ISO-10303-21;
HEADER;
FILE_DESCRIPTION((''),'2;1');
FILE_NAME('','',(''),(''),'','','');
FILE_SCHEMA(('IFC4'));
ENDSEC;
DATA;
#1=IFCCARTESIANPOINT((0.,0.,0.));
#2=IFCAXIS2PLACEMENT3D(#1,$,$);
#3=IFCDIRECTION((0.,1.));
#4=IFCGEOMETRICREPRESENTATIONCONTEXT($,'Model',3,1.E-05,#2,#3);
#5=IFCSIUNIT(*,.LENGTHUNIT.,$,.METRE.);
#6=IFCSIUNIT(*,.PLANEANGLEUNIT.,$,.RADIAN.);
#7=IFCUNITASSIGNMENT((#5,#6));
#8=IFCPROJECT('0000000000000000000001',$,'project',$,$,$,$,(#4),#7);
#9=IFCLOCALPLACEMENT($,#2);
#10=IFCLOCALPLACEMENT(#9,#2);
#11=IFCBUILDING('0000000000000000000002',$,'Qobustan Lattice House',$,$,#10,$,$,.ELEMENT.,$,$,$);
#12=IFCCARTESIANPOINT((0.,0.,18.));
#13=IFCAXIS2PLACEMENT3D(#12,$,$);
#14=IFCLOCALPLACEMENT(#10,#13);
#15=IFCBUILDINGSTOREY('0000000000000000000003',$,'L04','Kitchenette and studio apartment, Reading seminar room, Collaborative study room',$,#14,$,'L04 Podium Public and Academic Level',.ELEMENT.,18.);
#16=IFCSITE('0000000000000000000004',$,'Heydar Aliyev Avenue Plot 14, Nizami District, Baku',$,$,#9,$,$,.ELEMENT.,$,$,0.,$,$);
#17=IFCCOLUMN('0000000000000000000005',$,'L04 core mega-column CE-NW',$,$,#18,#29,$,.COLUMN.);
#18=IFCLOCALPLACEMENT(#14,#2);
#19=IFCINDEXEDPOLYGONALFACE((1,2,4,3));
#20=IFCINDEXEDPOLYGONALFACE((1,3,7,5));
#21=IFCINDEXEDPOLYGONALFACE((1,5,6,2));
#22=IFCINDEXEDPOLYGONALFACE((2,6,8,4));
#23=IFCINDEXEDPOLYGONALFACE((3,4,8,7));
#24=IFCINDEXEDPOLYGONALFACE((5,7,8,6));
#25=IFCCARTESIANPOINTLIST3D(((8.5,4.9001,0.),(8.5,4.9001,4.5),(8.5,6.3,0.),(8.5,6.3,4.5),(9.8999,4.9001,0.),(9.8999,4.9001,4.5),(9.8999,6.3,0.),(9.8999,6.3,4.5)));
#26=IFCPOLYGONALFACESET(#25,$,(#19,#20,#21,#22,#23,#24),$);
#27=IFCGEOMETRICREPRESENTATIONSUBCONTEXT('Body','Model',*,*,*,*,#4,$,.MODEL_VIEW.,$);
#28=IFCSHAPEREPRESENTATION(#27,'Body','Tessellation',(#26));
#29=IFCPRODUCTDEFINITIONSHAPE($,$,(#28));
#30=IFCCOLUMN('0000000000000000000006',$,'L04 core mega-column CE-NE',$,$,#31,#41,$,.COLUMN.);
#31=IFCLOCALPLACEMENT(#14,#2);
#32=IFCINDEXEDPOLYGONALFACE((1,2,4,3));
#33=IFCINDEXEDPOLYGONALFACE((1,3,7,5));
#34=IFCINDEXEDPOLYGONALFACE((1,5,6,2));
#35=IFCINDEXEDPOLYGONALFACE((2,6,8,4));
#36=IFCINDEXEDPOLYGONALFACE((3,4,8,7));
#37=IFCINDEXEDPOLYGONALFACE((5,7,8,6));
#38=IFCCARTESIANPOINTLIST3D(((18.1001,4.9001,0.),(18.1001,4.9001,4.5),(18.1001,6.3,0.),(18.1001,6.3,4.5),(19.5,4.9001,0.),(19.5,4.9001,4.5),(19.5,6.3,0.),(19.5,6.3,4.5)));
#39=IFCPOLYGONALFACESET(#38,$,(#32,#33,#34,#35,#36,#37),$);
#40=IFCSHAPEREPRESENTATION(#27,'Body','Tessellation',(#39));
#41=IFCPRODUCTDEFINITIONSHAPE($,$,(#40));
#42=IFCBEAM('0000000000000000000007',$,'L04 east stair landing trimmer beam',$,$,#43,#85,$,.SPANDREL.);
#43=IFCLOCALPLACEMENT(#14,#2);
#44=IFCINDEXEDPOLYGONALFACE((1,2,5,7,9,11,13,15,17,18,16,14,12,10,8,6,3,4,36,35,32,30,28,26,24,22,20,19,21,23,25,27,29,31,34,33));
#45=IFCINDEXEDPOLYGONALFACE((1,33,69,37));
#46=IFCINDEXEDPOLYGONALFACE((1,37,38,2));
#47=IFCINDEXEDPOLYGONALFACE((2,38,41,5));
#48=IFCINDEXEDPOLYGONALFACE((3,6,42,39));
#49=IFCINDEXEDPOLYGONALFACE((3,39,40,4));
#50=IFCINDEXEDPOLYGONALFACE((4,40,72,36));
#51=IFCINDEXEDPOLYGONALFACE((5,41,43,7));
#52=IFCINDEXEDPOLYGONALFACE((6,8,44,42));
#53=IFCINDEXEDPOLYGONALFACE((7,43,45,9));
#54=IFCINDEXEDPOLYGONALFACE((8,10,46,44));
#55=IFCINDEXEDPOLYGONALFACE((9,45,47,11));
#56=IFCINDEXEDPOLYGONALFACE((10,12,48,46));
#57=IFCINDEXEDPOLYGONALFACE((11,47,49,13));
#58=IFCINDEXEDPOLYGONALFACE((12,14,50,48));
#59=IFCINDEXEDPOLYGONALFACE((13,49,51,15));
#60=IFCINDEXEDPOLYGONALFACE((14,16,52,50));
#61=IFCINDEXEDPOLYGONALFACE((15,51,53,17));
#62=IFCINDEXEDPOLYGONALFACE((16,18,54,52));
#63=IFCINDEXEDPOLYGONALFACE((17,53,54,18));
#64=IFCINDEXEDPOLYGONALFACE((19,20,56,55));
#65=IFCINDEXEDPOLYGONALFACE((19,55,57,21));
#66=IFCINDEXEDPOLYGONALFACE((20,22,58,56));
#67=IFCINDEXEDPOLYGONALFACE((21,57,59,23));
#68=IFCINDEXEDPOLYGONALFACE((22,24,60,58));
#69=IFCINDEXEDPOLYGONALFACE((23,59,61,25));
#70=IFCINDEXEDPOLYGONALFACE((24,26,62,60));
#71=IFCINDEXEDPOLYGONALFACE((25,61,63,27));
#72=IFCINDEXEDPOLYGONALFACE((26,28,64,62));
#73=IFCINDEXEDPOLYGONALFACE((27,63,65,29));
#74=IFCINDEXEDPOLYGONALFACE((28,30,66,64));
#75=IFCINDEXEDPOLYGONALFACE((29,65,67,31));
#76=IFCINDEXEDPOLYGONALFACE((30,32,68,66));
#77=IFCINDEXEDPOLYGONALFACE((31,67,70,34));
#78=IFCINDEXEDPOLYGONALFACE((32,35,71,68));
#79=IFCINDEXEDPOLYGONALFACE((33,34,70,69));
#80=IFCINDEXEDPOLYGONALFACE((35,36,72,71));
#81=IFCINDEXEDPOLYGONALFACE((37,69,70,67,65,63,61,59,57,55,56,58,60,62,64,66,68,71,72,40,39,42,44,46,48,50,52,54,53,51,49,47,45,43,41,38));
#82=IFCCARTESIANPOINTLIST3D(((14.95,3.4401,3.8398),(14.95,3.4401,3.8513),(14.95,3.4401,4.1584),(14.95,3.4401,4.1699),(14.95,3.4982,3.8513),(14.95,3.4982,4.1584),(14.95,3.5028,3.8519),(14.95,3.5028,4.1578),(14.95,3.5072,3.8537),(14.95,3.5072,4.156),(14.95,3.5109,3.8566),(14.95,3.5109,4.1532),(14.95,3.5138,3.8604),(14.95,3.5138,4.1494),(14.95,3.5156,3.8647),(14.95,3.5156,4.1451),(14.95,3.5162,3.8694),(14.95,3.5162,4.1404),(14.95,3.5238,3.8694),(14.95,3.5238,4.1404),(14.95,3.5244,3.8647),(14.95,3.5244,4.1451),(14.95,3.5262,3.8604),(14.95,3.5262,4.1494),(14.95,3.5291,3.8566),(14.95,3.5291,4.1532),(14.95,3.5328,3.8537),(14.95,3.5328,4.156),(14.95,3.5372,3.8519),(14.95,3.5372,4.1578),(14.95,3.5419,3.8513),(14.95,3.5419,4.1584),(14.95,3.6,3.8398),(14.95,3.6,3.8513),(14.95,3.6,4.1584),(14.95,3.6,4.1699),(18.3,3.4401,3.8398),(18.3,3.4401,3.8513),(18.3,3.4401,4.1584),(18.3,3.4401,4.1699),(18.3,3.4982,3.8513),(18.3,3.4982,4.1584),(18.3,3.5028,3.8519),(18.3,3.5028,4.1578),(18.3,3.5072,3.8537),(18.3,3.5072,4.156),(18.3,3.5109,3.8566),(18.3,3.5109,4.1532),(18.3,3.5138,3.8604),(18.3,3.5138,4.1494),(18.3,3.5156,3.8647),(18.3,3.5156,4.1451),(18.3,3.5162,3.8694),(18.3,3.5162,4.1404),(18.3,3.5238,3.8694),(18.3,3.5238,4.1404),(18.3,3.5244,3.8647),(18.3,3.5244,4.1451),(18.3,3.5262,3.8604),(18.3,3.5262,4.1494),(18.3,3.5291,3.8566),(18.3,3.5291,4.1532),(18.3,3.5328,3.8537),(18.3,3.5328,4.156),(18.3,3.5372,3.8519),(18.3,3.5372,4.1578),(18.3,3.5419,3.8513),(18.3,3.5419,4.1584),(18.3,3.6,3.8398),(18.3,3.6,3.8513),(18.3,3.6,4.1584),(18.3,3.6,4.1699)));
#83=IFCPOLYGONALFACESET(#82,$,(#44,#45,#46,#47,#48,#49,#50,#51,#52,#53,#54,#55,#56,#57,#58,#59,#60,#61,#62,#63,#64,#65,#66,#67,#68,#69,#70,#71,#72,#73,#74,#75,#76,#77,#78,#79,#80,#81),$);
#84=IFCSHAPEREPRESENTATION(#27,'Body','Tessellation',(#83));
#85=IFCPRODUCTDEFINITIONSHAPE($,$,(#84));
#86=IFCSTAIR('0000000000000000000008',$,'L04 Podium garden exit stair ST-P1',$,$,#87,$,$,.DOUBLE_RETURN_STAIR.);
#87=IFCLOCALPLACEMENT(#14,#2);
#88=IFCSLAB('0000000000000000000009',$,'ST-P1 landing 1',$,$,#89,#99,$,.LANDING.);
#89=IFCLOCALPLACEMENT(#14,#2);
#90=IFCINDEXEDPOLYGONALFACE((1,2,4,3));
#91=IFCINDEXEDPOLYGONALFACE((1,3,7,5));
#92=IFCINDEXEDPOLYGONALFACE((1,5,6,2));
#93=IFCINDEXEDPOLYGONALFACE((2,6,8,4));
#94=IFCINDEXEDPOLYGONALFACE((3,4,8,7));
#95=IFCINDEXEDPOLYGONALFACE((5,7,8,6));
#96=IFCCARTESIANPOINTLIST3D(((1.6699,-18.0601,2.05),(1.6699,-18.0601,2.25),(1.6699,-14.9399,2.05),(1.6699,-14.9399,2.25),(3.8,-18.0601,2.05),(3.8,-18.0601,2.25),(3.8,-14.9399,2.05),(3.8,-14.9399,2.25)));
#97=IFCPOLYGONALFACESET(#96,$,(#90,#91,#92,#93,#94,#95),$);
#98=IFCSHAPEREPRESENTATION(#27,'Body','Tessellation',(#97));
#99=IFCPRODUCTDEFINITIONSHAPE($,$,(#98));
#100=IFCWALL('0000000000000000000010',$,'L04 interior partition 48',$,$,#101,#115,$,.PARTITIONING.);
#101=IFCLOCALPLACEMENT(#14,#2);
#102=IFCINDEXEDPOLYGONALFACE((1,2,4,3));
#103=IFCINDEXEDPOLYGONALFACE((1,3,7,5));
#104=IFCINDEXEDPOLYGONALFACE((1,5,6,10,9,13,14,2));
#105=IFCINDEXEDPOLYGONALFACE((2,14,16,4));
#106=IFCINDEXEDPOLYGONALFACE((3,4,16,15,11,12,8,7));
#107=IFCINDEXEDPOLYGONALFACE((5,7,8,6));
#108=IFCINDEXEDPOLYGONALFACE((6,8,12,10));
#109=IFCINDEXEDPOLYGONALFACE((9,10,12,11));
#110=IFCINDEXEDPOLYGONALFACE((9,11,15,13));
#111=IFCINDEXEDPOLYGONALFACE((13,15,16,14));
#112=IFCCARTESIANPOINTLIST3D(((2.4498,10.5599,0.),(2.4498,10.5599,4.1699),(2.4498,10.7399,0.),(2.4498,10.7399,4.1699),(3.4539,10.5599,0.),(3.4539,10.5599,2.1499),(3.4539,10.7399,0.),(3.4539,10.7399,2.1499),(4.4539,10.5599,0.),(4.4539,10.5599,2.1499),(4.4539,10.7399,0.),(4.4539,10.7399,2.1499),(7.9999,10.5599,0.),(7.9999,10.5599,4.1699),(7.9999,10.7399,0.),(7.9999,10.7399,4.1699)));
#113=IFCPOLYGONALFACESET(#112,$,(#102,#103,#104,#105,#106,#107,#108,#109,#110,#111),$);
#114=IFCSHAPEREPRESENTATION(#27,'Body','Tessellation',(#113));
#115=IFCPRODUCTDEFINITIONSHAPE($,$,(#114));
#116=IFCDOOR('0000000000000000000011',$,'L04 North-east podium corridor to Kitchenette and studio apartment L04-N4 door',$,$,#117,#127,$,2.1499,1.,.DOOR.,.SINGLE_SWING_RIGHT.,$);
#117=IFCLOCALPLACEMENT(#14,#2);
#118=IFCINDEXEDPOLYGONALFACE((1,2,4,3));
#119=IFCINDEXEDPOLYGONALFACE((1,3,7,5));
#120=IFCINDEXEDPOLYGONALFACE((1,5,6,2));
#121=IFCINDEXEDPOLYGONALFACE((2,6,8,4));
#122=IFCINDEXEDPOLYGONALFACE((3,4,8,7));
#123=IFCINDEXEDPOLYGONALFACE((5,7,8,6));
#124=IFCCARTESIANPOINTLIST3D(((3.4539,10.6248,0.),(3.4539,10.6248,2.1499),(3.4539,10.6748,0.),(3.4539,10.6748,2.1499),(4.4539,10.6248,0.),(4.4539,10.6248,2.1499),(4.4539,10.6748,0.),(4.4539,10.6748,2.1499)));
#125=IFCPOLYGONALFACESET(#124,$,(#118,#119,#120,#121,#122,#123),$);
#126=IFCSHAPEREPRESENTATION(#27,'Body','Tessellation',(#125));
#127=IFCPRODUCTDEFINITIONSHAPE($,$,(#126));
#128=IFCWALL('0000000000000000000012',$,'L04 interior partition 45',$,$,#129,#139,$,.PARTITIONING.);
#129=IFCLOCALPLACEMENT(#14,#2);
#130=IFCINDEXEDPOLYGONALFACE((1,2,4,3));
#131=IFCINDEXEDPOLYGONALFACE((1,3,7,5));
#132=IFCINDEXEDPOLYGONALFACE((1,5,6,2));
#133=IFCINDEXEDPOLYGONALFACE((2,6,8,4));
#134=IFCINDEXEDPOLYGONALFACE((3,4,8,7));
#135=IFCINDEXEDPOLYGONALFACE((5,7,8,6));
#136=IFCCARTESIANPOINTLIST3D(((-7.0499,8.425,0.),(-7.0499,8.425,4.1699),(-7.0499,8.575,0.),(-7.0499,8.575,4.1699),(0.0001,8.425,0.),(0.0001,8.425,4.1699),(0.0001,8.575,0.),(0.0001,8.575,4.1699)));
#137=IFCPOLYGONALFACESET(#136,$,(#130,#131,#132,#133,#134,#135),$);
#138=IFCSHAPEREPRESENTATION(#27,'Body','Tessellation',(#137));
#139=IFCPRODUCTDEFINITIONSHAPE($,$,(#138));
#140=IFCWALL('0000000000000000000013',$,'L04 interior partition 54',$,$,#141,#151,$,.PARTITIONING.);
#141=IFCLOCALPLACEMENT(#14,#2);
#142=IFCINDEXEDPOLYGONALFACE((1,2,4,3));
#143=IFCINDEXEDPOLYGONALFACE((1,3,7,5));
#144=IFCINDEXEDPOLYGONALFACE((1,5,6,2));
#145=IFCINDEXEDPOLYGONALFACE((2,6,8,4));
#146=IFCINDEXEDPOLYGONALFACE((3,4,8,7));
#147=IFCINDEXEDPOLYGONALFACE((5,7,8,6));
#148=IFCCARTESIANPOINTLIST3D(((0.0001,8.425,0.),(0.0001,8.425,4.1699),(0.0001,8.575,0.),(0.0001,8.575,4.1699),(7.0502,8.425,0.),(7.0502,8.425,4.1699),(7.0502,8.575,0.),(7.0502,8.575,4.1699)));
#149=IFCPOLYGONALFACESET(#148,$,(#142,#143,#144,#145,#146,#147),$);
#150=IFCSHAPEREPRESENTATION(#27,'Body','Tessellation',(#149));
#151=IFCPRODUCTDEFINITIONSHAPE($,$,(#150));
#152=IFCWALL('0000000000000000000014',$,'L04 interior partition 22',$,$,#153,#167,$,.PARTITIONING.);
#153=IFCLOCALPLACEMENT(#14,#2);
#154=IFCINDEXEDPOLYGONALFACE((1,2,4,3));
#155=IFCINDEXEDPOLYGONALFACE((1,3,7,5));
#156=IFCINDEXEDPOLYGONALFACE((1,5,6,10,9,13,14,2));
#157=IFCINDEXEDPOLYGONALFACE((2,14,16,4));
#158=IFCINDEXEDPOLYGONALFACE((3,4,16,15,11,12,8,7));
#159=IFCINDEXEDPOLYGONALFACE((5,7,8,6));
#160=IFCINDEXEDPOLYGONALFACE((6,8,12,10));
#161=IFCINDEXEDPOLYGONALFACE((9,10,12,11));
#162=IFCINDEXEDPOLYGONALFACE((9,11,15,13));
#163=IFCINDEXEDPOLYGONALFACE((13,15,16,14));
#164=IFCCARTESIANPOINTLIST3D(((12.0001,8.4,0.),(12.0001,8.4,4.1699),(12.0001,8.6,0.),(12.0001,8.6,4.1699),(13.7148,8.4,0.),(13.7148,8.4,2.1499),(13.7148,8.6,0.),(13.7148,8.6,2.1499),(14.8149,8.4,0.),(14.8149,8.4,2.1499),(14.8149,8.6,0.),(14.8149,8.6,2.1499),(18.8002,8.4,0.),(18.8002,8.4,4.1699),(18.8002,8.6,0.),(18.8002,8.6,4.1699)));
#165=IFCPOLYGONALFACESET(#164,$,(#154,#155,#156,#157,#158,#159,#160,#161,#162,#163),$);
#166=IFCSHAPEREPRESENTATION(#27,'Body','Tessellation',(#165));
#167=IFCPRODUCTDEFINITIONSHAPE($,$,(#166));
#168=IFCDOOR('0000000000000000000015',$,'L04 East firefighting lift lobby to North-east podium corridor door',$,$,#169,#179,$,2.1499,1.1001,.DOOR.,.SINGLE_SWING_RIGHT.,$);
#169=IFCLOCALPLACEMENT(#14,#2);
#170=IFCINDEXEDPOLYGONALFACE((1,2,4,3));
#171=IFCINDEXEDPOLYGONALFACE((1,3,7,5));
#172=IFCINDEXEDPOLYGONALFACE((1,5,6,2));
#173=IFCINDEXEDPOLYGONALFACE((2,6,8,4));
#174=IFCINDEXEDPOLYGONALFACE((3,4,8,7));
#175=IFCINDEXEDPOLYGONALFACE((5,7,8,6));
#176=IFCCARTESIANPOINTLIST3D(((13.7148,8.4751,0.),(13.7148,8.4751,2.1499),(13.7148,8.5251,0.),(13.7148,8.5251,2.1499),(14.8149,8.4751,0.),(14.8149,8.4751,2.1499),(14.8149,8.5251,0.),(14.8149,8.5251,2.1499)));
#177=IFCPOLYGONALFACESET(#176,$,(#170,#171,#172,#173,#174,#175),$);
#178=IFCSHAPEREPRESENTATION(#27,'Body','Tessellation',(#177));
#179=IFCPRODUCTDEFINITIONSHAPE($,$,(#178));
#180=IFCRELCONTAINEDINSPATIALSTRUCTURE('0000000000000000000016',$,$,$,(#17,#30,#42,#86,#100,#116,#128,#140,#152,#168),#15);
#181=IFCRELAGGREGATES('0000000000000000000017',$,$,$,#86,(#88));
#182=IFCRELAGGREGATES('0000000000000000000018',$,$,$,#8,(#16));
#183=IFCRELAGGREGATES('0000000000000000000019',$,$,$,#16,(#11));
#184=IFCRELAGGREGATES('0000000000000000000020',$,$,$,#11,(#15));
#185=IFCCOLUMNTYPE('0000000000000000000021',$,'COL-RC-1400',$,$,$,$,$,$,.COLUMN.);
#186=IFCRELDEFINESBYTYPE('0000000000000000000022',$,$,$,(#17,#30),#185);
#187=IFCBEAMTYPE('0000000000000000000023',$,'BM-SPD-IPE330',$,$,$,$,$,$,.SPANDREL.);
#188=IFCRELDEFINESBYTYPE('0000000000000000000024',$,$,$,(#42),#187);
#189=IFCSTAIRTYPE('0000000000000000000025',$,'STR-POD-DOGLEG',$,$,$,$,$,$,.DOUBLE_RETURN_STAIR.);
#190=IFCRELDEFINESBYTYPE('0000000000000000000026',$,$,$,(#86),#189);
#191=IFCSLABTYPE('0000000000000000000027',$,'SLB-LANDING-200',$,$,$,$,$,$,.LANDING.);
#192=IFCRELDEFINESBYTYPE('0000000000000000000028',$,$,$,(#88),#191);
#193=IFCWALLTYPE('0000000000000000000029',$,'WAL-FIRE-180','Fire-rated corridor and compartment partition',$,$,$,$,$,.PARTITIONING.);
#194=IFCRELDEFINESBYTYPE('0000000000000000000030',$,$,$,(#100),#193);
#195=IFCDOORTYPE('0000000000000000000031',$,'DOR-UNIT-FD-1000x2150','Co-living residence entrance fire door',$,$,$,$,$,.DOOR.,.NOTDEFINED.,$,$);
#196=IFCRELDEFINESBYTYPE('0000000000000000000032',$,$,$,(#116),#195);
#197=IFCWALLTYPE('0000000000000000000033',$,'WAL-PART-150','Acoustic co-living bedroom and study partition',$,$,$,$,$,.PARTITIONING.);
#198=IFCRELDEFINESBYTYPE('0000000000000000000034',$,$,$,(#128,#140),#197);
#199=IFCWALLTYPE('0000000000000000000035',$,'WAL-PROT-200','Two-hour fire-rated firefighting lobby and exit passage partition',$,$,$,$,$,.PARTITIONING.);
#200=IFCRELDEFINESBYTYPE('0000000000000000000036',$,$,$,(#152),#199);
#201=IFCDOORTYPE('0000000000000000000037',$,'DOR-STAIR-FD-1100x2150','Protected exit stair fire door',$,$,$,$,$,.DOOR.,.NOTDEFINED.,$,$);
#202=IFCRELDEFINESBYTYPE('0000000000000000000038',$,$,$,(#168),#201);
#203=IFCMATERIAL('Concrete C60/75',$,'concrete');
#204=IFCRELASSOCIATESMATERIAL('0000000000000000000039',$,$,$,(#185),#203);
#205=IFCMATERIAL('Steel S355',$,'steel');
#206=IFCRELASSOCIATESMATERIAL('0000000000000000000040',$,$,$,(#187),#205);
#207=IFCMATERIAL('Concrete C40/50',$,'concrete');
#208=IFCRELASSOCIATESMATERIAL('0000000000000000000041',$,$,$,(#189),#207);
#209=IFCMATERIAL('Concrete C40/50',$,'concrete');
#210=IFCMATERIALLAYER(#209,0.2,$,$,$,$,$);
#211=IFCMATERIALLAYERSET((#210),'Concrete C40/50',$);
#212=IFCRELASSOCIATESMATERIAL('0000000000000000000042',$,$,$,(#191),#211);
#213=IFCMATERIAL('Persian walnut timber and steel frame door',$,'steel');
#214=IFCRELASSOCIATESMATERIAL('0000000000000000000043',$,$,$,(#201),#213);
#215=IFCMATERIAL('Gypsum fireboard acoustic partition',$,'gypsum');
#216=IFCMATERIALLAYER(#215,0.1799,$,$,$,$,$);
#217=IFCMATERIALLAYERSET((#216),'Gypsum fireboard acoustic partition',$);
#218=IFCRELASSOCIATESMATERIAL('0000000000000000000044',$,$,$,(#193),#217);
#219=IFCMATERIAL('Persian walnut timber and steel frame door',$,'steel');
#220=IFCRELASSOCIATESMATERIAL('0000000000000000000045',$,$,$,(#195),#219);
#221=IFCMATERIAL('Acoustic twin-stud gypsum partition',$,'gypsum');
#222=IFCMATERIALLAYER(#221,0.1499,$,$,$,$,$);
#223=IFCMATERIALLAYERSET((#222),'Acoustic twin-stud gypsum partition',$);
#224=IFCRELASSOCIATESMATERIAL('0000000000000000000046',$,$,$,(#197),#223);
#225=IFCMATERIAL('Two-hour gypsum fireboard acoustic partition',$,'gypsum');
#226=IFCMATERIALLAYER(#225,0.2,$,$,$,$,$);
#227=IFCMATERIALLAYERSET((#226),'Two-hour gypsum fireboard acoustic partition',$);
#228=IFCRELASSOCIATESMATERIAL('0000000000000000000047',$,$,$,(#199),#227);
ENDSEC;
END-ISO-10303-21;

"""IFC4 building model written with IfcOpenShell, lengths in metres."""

from ifc_helpers import new_model, si_unit, direction, frame, frame_2d, origin, origin_2d, place, context, subcontext, project, spatial, polyline, rectangle, i_section, outline, extrude, material, layer, layer_set, material_profile, profile_set, type_object, element, fill, aggregate, save


model = new_model("IFC4")

# Units and contexts
model_context = context("Model", 3, precision=1e-05, world=origin(), true_north=direction((0.0, 1.0)))
body_context = subcontext(model_context, "Body", "Model", "MODEL_VIEW")
ifc_project = project(units=[si_unit("LENGTHUNIT", "METRE"), si_unit("PLANEANGLEUNIT", "RADIAN")], contexts=[model_context])

# Site, building, storey
site_placement = place(None, origin())
site = spatial("IfcSite", under=ifc_project, at=site_placement, Name="Heydar Aliyev Avenue Plot 14, Nizami District, Baku", CompositionType="ELEMENT", RefElevation=0.0)
building_placement = place(site_placement, origin())
building = spatial("IfcBuilding", under=site, at=building_placement, Name="Qobustan Lattice House", CompositionType="ELEMENT")
storey_placement = place(building_placement, frame((0.0, 0.0, 18.0)))
storey = spatial("IfcBuildingStorey", under=building, at=storey_placement, Name="L04", Description="Kitchenette and studio apartment, Reading seminar room, Collaborative study room", LongName="L04 Podium Public and Academic Level", CompositionType="ELEMENT", Elevation=18.0)

# Columns
ifc_material_1 = material(Name="Concrete C60/75", Category="concrete")
ifc_material_profile_1 = material_profile(ifc_material_1, rectangle(XDim=1.3999, YDim=1.3999, at=origin_2d()), Name="RC1400x1400")
ifc_profile_set_1 = profile_set([ifc_material_profile_1], Name="Concrete C60/75")
column_type = type_object("IfcColumnType", Name="COL-RC-1400", PredefinedType="COLUMN", material=ifc_profile_set_1)
for number, where, z_axis, x_axis, name in (
    (1, (9.2, 5.6001, 0.0), (0.0, 0.0, 1.0), (1.0, 0.0, 0.0), "L04 core mega-column CE-NW"),
    (2, (18.8, 5.6001, 0.0), (0.0, 0.0, 1.0), (1.0, 0.0, 0.0), "L04 core mega-column CE-NE"),
):
    element("IfcColumn", number, at=place(storey_placement, frame(where, z_axis=z_axis, x_axis=x_axis)), inside=storey, type_object=column_type, Name=name, PredefinedType="COLUMN", context=body_context, shape_type="SweptSolid", body=[
        extrude(rectangle(XDim=1.3999, YDim=1.3999, at=origin_2d()), origin(), (0.0, 0.0, 1.0), 4.5),
    ])

# Beam
ifc_material_2 = material(Name="Steel S355", Category="steel")
ifc_material_profile_2 = material_profile(ifc_material_2, i_section(OverallWidth=0.1599, OverallDepth=0.3301, WebThickness=0.0076, FlangeThickness=0.0115, FilletRadius=0.0181, at=origin_2d()), Name="IPE330")
ifc_profile_set_2 = profile_set([ifc_material_profile_2], Name="Steel S355")
beam_type = type_object("IfcBeamType", Name="BM-SPD-IPE330", PredefinedType="SPANDREL", material=ifc_profile_set_2)
beam_placement = place(storey_placement, frame((14.95, 3.52, 4.0049), z_axis=(1.0, 0.0, 0.0), x_axis=(0.0, 1.0, 0.0)))
element("IfcBeam", 3, at=beam_placement, inside=storey, type_object=beam_type, Name="L04 east stair landing trimmer beam", PredefinedType="SPANDREL", context=body_context, shape_type="SweptSolid", body=[
    extrude(i_section(OverallWidth=0.1599, OverallDepth=0.3301, WebThickness=0.0076, FlangeThickness=0.0115, FilletRadius=0.0181, at=origin_2d()), origin(), (0.0, 0.0, 1.0), 3.3501),
])

# Stair, slab
ifc_material_3 = material(Name="Concrete C40/50", Category="concrete")
stair_type_1 = type_object("IfcStairType", Name="STR-POD-DOGLEG", PredefinedType="DOUBLE_RETURN_STAIR", material=ifc_material_3)
stair_1_placement = place(storey_placement, origin())
stair_1 = element("IfcStair", 4, at=stair_1_placement, inside=storey, type_object=stair_type_1, Name="L04 Podium garden exit stair ST-P1", PredefinedType="DOUBLE_RETURN_STAIR")
ifc_material_4 = material(Name="Concrete C40/50", Category="concrete")
ifc_layer_1 = layer(ifc_material_4, 0.2)
ifc_layer_set_1 = layer_set([ifc_layer_1], Name="Concrete C40/50")
slab_type = type_object("IfcSlabType", Name="SLB-LANDING-200", PredefinedType="LANDING", material=ifc_layer_set_1)
slab_placement = place(storey_placement, frame((0.0, 0.0, 2.05)))
slab = element("IfcSlab", 5, at=slab_placement, type_object=slab_type, Name="ST-P1 landing 1", PredefinedType="LANDING", context=body_context, shape_type="SweptSolid", body=[
    extrude(outline(polyline([(1.6699, -18.0601), (3.8, -18.0601), (3.8, -14.9399), (1.6699, -14.9399), (1.6699, -18.0601)])), origin(), (0.0, 0.0, 1.0), 0.2),
])
aggregate(stair_1, [slab])

# Shared definitions
ifc_material_5 = material(Name="Persian walnut timber and steel frame door", Category="steel")
door_type_1 = type_object("IfcDoorType", Name="DOR-STAIR-FD-1100x2150", Description="Protected exit stair fire door", OperationType="NOTDEFINED", PredefinedType="DOOR", material=ifc_material_5)

# Wall, opening, door
ifc_material_6 = material(Name="Gypsum fireboard acoustic partition", Category="gypsum")
ifc_layer_2 = layer(ifc_material_6, 0.1799)
ifc_layer_set_2 = layer_set([ifc_layer_2], Name="Gypsum fireboard acoustic partition")
wall_type_1 = type_object("IfcWallType", Name="WAL-FIRE-180", Description="Fire-rated corridor and compartment partition", PredefinedType="PARTITIONING", material=ifc_layer_set_2)
wall_1_placement = place(storey_placement, frame((2.45, 10.6499, 0.0), z_axis=(0.0, 0.0, 1.0), x_axis=(1.0, 0.0, 0.0)))
wall_1 = element("IfcWall", 6, at=wall_1_placement, inside=storey, type_object=wall_type_1, Name="L04 interior partition 48", PredefinedType="PARTITIONING", context=body_context, shape_type="SweptSolid", body=[
    extrude(rectangle(XDim=5.55, YDim=0.1799, at=frame_2d((2.7749, 0.0))), origin(), (0.0, 0.0, 1.0), 4.1699),
])
opening_1_placement = place(wall_1_placement, frame((1.0039, 0.0, 0.0)))
opening_1 = element("IfcOpeningElement", 7, at=opening_1_placement, cuts=wall_1, PredefinedType="OPENING", context=body_context, shape_type="SweptSolid", body=[
    extrude(rectangle(XDim=1.0, YDim=2.1499, at=frame_2d((0.5, 1.075))), frame((0.0, 0.0999, 0.0), z_axis=(0.0, -1.0, 0.0), x_axis=(1.0, 0.0, 0.0)), (0.0, 0.0, 1.0), 0.2),
])
ifc_material_7 = material(Name="Persian walnut timber and steel frame door", Category="steel")
door_type_2 = type_object("IfcDoorType", Name="DOR-UNIT-FD-1000x2150", Description="Co-living residence entrance fire door", OperationType="NOTDEFINED", PredefinedType="DOOR", material=ifc_material_7)
door_1_placement = place(opening_1_placement, origin())
door_1 = element("IfcDoor", 8, at=door_1_placement, inside=storey, type_object=door_type_2, Name="L04 North-east podium corridor to Kitchenette and studio apartment L04-N4 door", OperationType="SINGLE_SWING_RIGHT", OverallHeight=2.1499, OverallWidth=1.0, PredefinedType="DOOR", context=body_context, shape_type="SweptSolid", body=[
    extrude(rectangle(XDim=1.0, YDim=2.1499, at=frame_2d((0.5, 1.075))), frame((0.0, 0.0249, 0.0), z_axis=(0.0, -1.0, 0.0), x_axis=(1.0, 0.0, 0.0)), (0.0, 0.0, 1.0), 0.05),
])
fill(opening_1, door_1)

# Walls
ifc_material_8 = material(Name="Acoustic twin-stud gypsum partition", Category="gypsum")
ifc_layer_3 = layer(ifc_material_8, 0.1499)
ifc_layer_set_3 = layer_set([ifc_layer_3], Name="Acoustic twin-stud gypsum partition")
wall_type_2 = type_object("IfcWallType", Name="WAL-PART-150", Description="Acoustic co-living bedroom and study partition", PredefinedType="PARTITIONING", material=ifc_layer_set_3)
for number, where, z_axis, x_axis, name in (
    (9, (0.0, 8.5, 0.0), (0.0, 0.0, 1.0), (-1.0, 0.0, 0.0), "L04 interior partition 45"),
    (10, (7.05, 8.5, 0.0), (0.0, 0.0, 1.0), (-1.0, 0.0, 0.0), "L04 interior partition 54"),
):
    element("IfcWall", number, at=place(storey_placement, frame(where, z_axis=z_axis, x_axis=x_axis)), inside=storey, type_object=wall_type_2, Name=name, PredefinedType="PARTITIONING", context=body_context, shape_type="SweptSolid", body=[
        extrude(rectangle(XDim=7.05, YDim=0.1499, at=frame_2d((3.5249, 0.0))), origin(), (0.0, 0.0, 1.0), 4.1699),
    ])

# Wall, opening, door
ifc_material_9 = material(Name="Two-hour gypsum fireboard acoustic partition", Category="gypsum")
ifc_layer_4 = layer(ifc_material_9, 0.2)
ifc_layer_set_4 = layer_set([ifc_layer_4], Name="Two-hour gypsum fireboard acoustic partition")
wall_type_3 = type_object("IfcWallType", Name="WAL-PROT-200", Description="Two-hour fire-rated firefighting lobby and exit passage partition", PredefinedType="PARTITIONING", material=ifc_layer_set_4)
wall_2_placement = place(storey_placement, frame((18.8, 8.5, 0.0), z_axis=(0.0, 0.0, 1.0), x_axis=(-1.0, 0.0, 0.0)))
wall_2 = element("IfcWall", 11, at=wall_2_placement, inside=storey, type_object=wall_type_3, Name="L04 interior partition 22", PredefinedType="PARTITIONING", context=body_context, shape_type="SweptSolid", body=[
    extrude(rectangle(XDim=6.8, YDim=0.2, at=frame_2d((3.3999, 0.0))), origin(), (0.0, 0.0, 1.0), 4.1699),
])
opening_2_placement = place(wall_2_placement, frame((3.9851, 0.0, 0.0)))
opening_2 = element("IfcOpeningElement", 12, at=opening_2_placement, cuts=wall_2, PredefinedType="OPENING", context=body_context, shape_type="SweptSolid", body=[
    extrude(rectangle(XDim=1.1001, YDim=2.1499, at=frame_2d((0.55, 1.075))), frame((0.0, 0.1099, 0.0), z_axis=(0.0, -1.0, 0.0), x_axis=(1.0, 0.0, 0.0)), (0.0, 0.0, 1.0), 0.22),
])
door_2_placement = place(opening_2_placement, origin())
door_2 = element("IfcDoor", 13, at=door_2_placement, inside=storey, type_object=door_type_1, Name="L04 East firefighting lift lobby to North-east podium corridor door", OperationType="SINGLE_SWING_RIGHT", OverallHeight=2.1499, OverallWidth=1.1001, PredefinedType="DOOR", context=body_context, shape_type="SweptSolid", body=[
    extrude(rectangle(XDim=1.1001, YDim=2.1499, at=frame_2d((0.55, 1.075))), frame((0.0, 0.0249, 0.0), z_axis=(0.0, -1.0, 0.0), x_axis=(1.0, 0.0, 0.0)), (0.0, 0.0, 1.0), 0.05),
])
fill(opening_2, door_2)

save(model, "model.ifc")
